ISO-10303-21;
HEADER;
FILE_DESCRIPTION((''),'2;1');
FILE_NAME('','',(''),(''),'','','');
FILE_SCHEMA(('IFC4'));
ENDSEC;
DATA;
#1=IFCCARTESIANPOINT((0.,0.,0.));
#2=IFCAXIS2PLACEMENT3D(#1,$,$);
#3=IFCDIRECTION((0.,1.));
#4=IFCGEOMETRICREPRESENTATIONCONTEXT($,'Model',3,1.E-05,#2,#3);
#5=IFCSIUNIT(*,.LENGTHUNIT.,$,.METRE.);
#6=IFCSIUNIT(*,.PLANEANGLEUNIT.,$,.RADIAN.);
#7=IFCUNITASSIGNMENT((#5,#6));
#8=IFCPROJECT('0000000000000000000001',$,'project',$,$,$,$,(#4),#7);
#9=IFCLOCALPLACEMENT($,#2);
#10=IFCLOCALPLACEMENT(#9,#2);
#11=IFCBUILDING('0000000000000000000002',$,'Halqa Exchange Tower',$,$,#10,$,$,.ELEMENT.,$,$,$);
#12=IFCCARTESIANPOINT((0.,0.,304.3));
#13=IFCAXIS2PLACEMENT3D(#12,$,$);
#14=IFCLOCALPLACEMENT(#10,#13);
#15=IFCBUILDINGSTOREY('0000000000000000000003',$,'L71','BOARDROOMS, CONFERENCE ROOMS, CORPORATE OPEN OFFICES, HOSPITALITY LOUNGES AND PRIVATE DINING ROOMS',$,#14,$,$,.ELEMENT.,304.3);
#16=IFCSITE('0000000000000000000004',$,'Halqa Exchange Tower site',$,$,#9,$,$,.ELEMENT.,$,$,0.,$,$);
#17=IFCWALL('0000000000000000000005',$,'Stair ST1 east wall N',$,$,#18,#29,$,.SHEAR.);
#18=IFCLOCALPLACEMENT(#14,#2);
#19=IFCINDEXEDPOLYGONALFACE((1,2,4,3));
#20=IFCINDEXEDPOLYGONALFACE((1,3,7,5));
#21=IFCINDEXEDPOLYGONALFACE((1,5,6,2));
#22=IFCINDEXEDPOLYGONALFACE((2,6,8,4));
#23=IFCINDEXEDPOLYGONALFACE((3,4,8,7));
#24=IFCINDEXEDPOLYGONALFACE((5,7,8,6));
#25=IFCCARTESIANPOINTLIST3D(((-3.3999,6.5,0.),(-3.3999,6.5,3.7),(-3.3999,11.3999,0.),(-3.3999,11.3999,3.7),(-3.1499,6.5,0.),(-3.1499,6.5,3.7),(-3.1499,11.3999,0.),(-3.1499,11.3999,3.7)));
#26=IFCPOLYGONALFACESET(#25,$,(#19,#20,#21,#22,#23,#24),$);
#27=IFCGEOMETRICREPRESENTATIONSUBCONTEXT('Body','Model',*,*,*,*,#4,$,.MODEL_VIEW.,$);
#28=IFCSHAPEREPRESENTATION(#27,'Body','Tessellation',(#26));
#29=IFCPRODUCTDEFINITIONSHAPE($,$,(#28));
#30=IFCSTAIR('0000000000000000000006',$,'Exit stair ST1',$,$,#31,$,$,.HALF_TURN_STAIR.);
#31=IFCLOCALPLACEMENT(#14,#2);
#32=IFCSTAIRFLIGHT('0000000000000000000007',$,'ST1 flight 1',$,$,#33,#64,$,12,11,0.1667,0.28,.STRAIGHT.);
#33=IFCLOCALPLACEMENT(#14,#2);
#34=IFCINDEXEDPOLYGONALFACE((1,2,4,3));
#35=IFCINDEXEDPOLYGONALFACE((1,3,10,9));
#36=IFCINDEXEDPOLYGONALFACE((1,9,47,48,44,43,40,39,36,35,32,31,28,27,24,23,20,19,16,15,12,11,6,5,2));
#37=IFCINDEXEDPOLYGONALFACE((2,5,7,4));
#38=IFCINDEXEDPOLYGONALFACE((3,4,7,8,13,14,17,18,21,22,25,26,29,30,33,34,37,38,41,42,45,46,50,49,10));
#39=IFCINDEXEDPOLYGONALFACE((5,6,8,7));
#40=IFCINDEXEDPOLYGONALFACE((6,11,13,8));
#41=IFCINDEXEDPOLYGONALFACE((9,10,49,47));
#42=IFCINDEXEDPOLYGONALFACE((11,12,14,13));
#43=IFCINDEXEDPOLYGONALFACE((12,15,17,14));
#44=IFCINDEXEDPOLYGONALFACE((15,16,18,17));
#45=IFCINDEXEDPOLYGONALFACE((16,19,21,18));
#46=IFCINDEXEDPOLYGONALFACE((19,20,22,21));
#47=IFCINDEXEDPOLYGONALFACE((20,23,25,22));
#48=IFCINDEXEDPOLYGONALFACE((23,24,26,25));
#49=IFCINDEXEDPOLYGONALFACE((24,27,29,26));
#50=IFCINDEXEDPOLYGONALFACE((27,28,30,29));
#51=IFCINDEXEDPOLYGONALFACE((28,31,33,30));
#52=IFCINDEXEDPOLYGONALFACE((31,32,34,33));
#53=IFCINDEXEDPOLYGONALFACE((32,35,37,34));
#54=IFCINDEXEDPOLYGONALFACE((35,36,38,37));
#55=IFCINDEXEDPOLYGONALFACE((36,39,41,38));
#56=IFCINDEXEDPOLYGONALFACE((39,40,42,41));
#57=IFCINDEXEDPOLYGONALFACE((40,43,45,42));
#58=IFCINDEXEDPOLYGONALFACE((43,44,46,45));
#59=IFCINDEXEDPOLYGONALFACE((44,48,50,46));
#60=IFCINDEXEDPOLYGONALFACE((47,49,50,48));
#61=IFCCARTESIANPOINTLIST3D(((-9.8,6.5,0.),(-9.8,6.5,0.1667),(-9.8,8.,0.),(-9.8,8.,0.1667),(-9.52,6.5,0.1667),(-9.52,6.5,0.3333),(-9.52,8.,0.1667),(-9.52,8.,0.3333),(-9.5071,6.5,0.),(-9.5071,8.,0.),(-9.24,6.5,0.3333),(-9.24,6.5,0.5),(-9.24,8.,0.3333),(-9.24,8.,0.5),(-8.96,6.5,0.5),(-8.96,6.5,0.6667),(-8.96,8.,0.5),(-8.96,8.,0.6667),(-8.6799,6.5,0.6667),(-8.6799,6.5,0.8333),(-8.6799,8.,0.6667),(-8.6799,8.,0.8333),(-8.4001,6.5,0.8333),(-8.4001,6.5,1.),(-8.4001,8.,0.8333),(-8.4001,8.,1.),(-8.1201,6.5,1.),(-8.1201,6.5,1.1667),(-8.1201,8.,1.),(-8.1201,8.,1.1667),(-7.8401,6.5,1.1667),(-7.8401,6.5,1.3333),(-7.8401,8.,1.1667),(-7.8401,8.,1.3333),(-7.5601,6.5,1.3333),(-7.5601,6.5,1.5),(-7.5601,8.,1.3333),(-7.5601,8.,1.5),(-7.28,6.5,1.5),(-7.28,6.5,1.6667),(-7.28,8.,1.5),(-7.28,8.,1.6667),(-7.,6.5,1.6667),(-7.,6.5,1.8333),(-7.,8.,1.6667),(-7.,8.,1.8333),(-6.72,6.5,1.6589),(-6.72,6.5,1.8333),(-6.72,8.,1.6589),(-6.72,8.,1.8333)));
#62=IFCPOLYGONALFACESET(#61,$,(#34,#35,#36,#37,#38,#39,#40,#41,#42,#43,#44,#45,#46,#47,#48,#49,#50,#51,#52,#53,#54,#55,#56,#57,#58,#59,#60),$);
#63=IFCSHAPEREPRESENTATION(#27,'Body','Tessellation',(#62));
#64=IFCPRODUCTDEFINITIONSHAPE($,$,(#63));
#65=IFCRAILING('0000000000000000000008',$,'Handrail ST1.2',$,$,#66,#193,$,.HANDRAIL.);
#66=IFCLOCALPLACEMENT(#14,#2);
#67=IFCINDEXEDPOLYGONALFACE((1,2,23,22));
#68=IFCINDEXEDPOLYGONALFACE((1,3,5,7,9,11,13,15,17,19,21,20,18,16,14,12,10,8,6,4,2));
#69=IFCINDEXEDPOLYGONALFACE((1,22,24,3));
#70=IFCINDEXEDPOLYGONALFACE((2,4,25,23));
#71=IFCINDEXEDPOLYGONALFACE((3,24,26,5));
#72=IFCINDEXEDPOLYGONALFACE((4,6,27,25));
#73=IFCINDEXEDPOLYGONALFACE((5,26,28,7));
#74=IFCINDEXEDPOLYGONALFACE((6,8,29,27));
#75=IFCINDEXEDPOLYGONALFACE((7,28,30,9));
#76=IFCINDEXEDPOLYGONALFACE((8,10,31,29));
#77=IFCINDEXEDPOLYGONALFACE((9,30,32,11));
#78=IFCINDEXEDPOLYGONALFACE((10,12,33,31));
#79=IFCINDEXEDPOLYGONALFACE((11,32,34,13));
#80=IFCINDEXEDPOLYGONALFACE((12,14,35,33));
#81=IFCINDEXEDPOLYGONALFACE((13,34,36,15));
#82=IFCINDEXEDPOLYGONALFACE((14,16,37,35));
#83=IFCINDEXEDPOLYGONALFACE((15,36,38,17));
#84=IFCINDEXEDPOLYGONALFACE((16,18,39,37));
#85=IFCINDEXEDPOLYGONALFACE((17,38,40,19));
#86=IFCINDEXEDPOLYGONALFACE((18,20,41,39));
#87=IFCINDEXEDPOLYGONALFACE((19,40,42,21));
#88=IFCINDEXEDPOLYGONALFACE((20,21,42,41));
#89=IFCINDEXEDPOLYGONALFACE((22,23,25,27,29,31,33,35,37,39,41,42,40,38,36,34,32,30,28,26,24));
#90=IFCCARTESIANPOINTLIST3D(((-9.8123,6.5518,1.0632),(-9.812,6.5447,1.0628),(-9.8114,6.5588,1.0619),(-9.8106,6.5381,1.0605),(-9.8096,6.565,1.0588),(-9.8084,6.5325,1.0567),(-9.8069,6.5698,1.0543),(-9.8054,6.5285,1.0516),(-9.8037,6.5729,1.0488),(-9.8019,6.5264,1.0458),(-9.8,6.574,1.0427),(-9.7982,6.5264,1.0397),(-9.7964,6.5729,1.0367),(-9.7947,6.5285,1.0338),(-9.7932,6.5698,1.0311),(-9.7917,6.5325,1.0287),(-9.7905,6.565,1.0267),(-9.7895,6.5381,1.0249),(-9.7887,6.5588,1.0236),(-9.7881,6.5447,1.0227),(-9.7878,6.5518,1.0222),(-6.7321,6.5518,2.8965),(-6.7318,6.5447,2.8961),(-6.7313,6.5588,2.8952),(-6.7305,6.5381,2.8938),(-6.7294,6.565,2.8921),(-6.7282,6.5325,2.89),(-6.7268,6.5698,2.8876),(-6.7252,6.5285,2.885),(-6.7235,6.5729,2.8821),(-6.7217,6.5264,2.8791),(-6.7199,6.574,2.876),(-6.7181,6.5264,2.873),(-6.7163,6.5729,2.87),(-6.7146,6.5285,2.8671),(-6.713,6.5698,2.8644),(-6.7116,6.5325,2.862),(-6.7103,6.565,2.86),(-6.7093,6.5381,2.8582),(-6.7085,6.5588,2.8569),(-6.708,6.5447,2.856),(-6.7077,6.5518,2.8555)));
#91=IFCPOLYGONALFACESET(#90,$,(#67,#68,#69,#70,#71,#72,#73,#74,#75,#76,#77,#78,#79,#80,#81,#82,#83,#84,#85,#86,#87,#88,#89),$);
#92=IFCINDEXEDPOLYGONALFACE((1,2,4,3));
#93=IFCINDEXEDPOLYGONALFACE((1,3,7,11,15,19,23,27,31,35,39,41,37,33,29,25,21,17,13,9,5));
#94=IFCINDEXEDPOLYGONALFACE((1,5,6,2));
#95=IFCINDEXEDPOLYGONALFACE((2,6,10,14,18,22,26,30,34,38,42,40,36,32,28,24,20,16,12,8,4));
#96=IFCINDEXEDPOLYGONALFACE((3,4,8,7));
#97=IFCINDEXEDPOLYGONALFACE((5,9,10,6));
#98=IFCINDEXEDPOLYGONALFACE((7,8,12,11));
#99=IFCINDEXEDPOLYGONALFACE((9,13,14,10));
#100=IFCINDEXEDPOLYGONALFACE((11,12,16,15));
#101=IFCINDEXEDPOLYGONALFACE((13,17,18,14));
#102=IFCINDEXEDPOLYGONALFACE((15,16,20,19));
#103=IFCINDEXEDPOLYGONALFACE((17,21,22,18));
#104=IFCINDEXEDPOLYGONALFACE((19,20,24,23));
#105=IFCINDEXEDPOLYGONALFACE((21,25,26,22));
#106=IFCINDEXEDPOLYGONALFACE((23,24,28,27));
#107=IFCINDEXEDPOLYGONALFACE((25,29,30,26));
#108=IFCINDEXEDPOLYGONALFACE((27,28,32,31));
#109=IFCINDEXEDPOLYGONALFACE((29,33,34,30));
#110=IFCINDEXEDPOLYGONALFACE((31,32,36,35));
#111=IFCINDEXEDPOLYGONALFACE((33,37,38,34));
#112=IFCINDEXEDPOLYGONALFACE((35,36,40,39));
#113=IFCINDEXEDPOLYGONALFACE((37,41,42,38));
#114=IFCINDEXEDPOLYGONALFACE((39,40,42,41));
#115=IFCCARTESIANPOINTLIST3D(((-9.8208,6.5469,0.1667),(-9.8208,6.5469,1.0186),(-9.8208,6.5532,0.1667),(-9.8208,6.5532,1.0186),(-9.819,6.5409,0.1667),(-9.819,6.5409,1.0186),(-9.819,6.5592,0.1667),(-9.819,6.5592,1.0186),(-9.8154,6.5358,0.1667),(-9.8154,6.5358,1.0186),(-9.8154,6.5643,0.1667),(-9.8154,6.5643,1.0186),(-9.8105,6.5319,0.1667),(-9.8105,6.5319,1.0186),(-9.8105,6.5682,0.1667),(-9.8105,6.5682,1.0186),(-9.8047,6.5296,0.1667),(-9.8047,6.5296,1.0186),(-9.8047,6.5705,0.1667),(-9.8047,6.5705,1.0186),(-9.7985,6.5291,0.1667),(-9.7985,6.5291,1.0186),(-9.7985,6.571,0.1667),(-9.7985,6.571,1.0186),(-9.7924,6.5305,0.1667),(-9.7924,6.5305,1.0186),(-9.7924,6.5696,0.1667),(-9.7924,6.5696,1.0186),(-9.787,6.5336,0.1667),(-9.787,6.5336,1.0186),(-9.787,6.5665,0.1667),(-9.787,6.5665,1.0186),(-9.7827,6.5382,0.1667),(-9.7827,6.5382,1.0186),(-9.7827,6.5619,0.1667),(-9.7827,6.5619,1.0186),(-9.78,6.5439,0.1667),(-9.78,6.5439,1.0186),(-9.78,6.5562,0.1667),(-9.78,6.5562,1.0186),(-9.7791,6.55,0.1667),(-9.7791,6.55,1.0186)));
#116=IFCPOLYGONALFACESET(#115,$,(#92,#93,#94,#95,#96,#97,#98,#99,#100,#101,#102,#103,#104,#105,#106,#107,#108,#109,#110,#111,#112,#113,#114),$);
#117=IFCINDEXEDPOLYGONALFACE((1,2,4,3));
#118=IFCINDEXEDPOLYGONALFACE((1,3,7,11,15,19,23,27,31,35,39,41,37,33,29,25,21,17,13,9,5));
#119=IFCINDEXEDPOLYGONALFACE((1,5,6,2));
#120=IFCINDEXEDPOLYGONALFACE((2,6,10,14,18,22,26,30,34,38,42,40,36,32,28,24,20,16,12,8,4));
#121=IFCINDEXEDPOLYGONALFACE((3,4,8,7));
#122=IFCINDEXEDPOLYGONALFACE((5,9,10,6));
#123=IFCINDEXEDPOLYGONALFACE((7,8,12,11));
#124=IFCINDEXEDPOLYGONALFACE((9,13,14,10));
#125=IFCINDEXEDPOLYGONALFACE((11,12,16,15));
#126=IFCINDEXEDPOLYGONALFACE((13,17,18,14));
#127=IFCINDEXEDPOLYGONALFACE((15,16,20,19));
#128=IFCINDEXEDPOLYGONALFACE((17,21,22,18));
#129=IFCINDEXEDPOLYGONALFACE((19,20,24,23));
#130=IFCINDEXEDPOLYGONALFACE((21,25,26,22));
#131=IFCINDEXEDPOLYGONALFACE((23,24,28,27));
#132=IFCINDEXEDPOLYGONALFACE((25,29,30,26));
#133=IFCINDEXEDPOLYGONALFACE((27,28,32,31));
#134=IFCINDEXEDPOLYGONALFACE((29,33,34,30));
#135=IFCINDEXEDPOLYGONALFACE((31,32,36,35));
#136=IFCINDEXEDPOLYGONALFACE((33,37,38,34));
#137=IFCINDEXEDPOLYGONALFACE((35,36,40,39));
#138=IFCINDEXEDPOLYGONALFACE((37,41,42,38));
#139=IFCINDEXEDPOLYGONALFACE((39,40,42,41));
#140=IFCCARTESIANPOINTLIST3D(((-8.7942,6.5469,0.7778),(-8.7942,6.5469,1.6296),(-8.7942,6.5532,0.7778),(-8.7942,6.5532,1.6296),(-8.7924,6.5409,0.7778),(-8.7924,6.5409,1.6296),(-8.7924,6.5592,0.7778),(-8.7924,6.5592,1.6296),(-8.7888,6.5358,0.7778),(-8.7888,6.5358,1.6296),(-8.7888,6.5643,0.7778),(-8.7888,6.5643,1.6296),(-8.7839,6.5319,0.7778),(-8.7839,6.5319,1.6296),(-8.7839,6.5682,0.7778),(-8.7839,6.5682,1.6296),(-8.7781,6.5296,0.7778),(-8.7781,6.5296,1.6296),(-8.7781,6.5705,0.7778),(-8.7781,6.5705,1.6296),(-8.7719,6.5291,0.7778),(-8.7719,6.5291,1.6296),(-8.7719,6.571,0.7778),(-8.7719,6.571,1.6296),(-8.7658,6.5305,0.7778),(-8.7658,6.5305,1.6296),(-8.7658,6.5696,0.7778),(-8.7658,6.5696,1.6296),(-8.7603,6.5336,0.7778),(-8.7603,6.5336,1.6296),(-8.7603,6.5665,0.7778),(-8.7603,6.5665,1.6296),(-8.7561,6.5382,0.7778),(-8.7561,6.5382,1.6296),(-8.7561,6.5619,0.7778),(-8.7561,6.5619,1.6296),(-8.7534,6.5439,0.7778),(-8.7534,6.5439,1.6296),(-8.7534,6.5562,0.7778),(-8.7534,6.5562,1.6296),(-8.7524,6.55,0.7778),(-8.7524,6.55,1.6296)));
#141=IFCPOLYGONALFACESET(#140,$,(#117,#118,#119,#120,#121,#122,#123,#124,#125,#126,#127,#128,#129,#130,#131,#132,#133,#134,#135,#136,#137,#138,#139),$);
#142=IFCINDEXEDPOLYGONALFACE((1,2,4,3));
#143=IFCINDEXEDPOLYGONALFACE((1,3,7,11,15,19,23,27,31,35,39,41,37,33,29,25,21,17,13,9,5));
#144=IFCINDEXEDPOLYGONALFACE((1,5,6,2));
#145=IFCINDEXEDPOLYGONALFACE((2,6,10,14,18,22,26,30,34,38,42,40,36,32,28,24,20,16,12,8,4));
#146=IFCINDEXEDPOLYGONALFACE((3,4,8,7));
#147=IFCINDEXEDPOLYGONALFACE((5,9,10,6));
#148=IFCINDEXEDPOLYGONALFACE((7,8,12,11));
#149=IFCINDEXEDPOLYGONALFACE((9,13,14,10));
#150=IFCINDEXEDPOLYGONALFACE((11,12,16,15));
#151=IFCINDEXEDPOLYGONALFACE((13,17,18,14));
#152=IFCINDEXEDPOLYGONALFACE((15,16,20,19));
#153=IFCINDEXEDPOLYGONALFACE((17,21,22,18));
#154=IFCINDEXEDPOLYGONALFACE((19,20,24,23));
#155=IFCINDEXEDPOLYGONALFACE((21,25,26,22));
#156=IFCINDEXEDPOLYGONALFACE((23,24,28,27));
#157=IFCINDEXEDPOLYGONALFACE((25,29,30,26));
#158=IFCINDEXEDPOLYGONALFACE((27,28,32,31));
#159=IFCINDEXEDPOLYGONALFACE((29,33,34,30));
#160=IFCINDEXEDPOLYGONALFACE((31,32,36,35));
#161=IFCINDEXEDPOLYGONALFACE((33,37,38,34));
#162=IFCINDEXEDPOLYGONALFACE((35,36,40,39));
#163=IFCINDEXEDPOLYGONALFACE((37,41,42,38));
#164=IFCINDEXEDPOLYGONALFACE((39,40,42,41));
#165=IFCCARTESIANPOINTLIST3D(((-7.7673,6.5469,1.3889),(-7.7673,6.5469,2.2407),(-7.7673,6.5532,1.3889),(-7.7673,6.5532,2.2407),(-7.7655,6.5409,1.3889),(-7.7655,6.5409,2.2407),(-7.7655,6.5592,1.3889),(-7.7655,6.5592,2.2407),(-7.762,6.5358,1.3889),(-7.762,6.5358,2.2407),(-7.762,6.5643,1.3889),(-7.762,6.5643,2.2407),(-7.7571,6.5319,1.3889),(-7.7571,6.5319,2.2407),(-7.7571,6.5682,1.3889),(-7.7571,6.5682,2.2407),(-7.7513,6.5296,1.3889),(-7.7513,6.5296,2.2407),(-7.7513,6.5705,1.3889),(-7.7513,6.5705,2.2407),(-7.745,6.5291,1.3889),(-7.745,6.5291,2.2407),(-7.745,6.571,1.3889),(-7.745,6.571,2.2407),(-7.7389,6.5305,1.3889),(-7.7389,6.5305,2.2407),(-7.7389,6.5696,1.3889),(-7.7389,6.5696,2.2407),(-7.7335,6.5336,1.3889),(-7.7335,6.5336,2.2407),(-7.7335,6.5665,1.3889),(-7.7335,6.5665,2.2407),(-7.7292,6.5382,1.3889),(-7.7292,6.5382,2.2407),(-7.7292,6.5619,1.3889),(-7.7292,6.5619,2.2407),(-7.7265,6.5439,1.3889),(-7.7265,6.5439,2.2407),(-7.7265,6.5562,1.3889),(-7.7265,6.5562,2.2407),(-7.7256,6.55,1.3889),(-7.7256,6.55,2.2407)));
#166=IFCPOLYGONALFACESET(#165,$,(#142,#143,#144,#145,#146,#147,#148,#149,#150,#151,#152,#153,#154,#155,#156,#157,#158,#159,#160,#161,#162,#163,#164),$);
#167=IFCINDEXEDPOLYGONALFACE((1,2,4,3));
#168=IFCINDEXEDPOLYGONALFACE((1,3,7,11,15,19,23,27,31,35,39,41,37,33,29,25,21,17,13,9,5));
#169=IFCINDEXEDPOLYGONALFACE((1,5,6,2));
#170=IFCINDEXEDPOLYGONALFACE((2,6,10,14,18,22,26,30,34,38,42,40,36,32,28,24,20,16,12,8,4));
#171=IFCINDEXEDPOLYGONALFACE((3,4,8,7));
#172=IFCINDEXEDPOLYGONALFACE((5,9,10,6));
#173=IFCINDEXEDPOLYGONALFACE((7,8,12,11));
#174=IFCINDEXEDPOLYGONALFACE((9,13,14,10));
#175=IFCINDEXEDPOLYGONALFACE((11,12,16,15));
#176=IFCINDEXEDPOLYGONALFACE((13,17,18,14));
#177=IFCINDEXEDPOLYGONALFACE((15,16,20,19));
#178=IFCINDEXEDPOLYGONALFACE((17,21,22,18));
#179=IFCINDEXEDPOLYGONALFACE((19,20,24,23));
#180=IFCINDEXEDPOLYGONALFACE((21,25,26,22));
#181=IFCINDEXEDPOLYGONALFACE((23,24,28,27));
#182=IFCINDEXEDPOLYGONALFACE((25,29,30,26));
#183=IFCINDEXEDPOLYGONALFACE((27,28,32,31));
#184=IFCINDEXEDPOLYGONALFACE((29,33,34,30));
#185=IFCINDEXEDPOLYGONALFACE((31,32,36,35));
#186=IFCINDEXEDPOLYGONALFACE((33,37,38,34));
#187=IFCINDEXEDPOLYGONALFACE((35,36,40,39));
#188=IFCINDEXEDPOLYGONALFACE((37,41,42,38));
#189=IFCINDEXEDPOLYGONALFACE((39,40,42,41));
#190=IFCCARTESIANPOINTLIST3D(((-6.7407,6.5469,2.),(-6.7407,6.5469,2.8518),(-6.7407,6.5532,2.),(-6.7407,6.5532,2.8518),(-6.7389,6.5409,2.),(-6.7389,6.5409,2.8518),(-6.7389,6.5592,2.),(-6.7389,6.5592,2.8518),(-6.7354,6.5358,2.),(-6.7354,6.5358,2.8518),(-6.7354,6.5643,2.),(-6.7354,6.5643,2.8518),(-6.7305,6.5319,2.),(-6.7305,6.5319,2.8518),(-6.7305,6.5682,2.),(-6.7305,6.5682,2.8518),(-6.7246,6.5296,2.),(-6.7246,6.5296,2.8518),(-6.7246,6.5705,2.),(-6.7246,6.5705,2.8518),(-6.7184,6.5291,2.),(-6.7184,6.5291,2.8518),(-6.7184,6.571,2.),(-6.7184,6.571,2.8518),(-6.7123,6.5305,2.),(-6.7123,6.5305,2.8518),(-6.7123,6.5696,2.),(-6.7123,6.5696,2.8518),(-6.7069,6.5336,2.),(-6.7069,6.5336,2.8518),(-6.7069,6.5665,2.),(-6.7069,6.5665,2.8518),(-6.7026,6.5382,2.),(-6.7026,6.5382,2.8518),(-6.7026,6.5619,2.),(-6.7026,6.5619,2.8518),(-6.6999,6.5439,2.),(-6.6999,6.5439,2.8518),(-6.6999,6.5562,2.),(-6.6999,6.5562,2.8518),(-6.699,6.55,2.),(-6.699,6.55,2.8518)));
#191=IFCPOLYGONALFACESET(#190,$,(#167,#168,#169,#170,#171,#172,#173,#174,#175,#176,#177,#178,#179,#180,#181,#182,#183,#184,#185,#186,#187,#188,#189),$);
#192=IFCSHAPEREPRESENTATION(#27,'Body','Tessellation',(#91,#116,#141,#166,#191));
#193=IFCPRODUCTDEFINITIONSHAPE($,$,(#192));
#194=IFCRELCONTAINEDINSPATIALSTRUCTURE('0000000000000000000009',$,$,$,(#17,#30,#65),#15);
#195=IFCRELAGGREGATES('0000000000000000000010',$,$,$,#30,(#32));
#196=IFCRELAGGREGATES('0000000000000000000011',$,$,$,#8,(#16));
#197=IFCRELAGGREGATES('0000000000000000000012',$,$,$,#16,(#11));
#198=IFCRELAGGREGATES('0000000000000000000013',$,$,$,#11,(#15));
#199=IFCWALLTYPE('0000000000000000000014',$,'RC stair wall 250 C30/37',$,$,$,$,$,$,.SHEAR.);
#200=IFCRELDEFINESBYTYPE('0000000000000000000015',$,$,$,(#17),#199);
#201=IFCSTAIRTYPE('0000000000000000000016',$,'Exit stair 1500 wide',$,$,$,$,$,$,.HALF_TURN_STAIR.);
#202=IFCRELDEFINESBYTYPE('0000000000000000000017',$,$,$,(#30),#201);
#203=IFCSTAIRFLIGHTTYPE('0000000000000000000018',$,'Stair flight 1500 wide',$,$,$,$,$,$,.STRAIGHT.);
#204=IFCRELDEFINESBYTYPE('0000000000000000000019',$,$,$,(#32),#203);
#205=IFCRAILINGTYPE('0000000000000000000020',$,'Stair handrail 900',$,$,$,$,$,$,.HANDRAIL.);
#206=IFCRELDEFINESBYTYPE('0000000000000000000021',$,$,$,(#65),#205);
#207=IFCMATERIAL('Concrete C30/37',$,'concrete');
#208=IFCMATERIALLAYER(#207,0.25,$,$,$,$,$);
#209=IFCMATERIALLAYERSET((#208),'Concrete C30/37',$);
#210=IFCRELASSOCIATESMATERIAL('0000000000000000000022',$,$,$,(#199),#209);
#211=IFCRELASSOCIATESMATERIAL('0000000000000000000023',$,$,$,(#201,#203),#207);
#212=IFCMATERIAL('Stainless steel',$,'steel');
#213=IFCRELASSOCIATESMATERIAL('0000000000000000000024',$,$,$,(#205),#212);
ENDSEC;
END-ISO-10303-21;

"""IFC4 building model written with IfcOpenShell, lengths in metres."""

from ifc_helpers import new_model, si_unit, direction, frame, frame_2d, origin, origin_2d, place, context, subcontext, project, spatial, polyline, rectangle, circle, outline, extrude, material, layer, layer_set, type_object, element, aggregate, save


model = new_model("IFC4")

# Units and contexts
model_context = context("Model", 3, precision=1e-05, world=origin(), true_north=direction((0.0, 1.0)))
body_context = subcontext(model_context, "Body", "Model", "MODEL_VIEW")
ifc_project = project(units=[si_unit("LENGTHUNIT", "METRE"), si_unit("PLANEANGLEUNIT", "RADIAN")], contexts=[model_context])

# Site, building, storey
site_placement = place(None, origin())
site = spatial("IfcSite", under=ifc_project, at=site_placement, Name="Halqa Exchange Tower site", CompositionType="ELEMENT", RefElevation=0.0)
building_placement = place(site_placement, origin())
building = spatial("IfcBuilding", under=site, at=building_placement, Name="Halqa Exchange Tower", CompositionType="ELEMENT")
storey_placement = place(building_placement, frame((0.0, 0.0, 304.3)))
storey = spatial("IfcBuildingStorey", under=building, at=storey_placement, Name="L71", Description="BOARDROOMS, CONFERENCE ROOMS, CORPORATE OPEN OFFICES, HOSPITALITY LOUNGES AND PRIVATE DINING ROOMS", CompositionType="ELEMENT", Elevation=304.3)

# Shared definitions
ifc_material_1 = material(Name="Stainless steel", Category="steel")

# Wall
ifc_material_2 = material(Name="Concrete C30/37", Category="concrete")
ifc_layer_1 = layer(ifc_material_2, 0.25)
ifc_layer_set_1 = layer_set([ifc_layer_1], Name="Concrete C30/37")
wall_type_1 = type_object("IfcWallType", Name="RC stair wall 250 C30/37", PredefinedType="SHEAR", material=ifc_layer_set_1)
wall_1_placement = place(storey_placement, frame((-3.2749, 6.5, 0.0), z_axis=(0.0, 0.0, 1.0), x_axis=(0.0, 1.0, 0.0)))
element("IfcWall", 1, at=wall_1_placement, inside=storey, type_object=wall_type_1, Name="Stair ST1 east wall N", PredefinedType="SHEAR", context=body_context, shape_type="SweptSolid", body=[
    extrude(rectangle(XDim=4.8999, YDim=0.25, at=frame_2d((2.45, 0.0))), origin(), (0.0, 0.0, 1.0), 3.7),
])

# Stair, stair flight
stair_type = type_object("IfcStairType", Name="Exit stair 1500 wide", PredefinedType="HALF_TURN_STAIR", material=ifc_material_2)
stair_placement = place(storey_placement, origin())
stair = element("IfcStair", 2, at=stair_placement, inside=storey, type_object=stair_type, Name="Exit stair ST1", PredefinedType="HALF_TURN_STAIR")
stair_flight_type = type_object("IfcStairFlightType", Name="Stair flight 1500 wide", PredefinedType="STRAIGHT", material=ifc_material_2)
stair_flight_placement = place(storey_placement, frame((-9.8, 7.25, 0.0), z_axis=(0.0, 0.0, 1.0), x_axis=(1.0, 0.0, 0.0)))
stair_flight = element("IfcStairFlight", 3, at=stair_flight_placement, type_object=stair_flight_type, Name="ST1 flight 1", NumberOfRisers=12, NumberOfTreads=11, PredefinedType="STRAIGHT", RiserHeight=0.1667, TreadLength=0.28, context=body_context, shape_type="SweptSolid", body=[
    extrude(outline(polyline([(0.0, 0.0), (0.0, 0.1667), (0.28, 0.1667), (0.28, 0.3333), (0.5601, 0.3333), (0.5601, 0.5), (0.8401, 0.5), (0.8401, 0.6667), (1.1201, 0.6667), (1.1201, 0.8333), (1.3999, 0.8333), (1.3999, 1.0), (1.6799, 1.0), (1.6799, 1.1667), (1.96, 1.1667), (1.96, 1.3333), (2.24, 1.3333), (2.24, 1.5), (2.52, 1.5), (2.52, 1.6667), (2.8, 1.6667), (2.8, 1.8333), (3.0801, 1.8333), (3.0801, 2.0), (3.0801, 1.6589), (0.293, 0.0), (0.0, 0.0)])), frame((0.0, 0.75, 0.0), z_axis=(0.0, -1.0, 0.0), x_axis=(1.0, 0.0, 0.0)), (0.0, 0.0, 1.0), 1.5),
])
aggregate(stair, [stair_flight])

# Railing
railing_type_1 = type_object("IfcRailingType", Name="Stair handrail 900", PredefinedType="HANDRAIL", material=ifc_material_1)
railing_1_placement = place(storey_placement, frame((-9.8, 6.55, 0.1667)))
element("IfcRailing", 4, at=railing_1_placement, inside=storey, type_object=railing_type_1, Name="Handrail ST1.2", PredefinedType="HANDRAIL", context=body_context, shape_type="SweptSolid", body=[
    extrude(circle(Radius=0.0239, at=origin_2d()), frame((0.0, 0.0, 0.876), z_axis=(0.859309, 0.0, 0.511458), x_axis=(0.0, 1.0, 0.0)), (0.0, 0.0, 1.0), 3.5845),
    extrude(circle(Radius=0.021, at=origin_2d()), origin(), (0.0, 0.0, 1.0), 0.8518),
    extrude(circle(Radius=0.021, at=origin_2d()), frame((1.0266, 0.0, 0.6111)), (0.0, 0.0, 1.0), 0.8518),
    extrude(circle(Radius=0.021, at=origin_2d()), frame((2.0535, 0.0, 1.2222)), (0.0, 0.0, 1.0), 0.8518),
    extrude(circle(Radius=0.021, at=origin_2d()), frame((3.0801, 0.0, 1.8333)), (0.0, 0.0, 1.0), 0.8518),
])

save(model, "model.ifc")
